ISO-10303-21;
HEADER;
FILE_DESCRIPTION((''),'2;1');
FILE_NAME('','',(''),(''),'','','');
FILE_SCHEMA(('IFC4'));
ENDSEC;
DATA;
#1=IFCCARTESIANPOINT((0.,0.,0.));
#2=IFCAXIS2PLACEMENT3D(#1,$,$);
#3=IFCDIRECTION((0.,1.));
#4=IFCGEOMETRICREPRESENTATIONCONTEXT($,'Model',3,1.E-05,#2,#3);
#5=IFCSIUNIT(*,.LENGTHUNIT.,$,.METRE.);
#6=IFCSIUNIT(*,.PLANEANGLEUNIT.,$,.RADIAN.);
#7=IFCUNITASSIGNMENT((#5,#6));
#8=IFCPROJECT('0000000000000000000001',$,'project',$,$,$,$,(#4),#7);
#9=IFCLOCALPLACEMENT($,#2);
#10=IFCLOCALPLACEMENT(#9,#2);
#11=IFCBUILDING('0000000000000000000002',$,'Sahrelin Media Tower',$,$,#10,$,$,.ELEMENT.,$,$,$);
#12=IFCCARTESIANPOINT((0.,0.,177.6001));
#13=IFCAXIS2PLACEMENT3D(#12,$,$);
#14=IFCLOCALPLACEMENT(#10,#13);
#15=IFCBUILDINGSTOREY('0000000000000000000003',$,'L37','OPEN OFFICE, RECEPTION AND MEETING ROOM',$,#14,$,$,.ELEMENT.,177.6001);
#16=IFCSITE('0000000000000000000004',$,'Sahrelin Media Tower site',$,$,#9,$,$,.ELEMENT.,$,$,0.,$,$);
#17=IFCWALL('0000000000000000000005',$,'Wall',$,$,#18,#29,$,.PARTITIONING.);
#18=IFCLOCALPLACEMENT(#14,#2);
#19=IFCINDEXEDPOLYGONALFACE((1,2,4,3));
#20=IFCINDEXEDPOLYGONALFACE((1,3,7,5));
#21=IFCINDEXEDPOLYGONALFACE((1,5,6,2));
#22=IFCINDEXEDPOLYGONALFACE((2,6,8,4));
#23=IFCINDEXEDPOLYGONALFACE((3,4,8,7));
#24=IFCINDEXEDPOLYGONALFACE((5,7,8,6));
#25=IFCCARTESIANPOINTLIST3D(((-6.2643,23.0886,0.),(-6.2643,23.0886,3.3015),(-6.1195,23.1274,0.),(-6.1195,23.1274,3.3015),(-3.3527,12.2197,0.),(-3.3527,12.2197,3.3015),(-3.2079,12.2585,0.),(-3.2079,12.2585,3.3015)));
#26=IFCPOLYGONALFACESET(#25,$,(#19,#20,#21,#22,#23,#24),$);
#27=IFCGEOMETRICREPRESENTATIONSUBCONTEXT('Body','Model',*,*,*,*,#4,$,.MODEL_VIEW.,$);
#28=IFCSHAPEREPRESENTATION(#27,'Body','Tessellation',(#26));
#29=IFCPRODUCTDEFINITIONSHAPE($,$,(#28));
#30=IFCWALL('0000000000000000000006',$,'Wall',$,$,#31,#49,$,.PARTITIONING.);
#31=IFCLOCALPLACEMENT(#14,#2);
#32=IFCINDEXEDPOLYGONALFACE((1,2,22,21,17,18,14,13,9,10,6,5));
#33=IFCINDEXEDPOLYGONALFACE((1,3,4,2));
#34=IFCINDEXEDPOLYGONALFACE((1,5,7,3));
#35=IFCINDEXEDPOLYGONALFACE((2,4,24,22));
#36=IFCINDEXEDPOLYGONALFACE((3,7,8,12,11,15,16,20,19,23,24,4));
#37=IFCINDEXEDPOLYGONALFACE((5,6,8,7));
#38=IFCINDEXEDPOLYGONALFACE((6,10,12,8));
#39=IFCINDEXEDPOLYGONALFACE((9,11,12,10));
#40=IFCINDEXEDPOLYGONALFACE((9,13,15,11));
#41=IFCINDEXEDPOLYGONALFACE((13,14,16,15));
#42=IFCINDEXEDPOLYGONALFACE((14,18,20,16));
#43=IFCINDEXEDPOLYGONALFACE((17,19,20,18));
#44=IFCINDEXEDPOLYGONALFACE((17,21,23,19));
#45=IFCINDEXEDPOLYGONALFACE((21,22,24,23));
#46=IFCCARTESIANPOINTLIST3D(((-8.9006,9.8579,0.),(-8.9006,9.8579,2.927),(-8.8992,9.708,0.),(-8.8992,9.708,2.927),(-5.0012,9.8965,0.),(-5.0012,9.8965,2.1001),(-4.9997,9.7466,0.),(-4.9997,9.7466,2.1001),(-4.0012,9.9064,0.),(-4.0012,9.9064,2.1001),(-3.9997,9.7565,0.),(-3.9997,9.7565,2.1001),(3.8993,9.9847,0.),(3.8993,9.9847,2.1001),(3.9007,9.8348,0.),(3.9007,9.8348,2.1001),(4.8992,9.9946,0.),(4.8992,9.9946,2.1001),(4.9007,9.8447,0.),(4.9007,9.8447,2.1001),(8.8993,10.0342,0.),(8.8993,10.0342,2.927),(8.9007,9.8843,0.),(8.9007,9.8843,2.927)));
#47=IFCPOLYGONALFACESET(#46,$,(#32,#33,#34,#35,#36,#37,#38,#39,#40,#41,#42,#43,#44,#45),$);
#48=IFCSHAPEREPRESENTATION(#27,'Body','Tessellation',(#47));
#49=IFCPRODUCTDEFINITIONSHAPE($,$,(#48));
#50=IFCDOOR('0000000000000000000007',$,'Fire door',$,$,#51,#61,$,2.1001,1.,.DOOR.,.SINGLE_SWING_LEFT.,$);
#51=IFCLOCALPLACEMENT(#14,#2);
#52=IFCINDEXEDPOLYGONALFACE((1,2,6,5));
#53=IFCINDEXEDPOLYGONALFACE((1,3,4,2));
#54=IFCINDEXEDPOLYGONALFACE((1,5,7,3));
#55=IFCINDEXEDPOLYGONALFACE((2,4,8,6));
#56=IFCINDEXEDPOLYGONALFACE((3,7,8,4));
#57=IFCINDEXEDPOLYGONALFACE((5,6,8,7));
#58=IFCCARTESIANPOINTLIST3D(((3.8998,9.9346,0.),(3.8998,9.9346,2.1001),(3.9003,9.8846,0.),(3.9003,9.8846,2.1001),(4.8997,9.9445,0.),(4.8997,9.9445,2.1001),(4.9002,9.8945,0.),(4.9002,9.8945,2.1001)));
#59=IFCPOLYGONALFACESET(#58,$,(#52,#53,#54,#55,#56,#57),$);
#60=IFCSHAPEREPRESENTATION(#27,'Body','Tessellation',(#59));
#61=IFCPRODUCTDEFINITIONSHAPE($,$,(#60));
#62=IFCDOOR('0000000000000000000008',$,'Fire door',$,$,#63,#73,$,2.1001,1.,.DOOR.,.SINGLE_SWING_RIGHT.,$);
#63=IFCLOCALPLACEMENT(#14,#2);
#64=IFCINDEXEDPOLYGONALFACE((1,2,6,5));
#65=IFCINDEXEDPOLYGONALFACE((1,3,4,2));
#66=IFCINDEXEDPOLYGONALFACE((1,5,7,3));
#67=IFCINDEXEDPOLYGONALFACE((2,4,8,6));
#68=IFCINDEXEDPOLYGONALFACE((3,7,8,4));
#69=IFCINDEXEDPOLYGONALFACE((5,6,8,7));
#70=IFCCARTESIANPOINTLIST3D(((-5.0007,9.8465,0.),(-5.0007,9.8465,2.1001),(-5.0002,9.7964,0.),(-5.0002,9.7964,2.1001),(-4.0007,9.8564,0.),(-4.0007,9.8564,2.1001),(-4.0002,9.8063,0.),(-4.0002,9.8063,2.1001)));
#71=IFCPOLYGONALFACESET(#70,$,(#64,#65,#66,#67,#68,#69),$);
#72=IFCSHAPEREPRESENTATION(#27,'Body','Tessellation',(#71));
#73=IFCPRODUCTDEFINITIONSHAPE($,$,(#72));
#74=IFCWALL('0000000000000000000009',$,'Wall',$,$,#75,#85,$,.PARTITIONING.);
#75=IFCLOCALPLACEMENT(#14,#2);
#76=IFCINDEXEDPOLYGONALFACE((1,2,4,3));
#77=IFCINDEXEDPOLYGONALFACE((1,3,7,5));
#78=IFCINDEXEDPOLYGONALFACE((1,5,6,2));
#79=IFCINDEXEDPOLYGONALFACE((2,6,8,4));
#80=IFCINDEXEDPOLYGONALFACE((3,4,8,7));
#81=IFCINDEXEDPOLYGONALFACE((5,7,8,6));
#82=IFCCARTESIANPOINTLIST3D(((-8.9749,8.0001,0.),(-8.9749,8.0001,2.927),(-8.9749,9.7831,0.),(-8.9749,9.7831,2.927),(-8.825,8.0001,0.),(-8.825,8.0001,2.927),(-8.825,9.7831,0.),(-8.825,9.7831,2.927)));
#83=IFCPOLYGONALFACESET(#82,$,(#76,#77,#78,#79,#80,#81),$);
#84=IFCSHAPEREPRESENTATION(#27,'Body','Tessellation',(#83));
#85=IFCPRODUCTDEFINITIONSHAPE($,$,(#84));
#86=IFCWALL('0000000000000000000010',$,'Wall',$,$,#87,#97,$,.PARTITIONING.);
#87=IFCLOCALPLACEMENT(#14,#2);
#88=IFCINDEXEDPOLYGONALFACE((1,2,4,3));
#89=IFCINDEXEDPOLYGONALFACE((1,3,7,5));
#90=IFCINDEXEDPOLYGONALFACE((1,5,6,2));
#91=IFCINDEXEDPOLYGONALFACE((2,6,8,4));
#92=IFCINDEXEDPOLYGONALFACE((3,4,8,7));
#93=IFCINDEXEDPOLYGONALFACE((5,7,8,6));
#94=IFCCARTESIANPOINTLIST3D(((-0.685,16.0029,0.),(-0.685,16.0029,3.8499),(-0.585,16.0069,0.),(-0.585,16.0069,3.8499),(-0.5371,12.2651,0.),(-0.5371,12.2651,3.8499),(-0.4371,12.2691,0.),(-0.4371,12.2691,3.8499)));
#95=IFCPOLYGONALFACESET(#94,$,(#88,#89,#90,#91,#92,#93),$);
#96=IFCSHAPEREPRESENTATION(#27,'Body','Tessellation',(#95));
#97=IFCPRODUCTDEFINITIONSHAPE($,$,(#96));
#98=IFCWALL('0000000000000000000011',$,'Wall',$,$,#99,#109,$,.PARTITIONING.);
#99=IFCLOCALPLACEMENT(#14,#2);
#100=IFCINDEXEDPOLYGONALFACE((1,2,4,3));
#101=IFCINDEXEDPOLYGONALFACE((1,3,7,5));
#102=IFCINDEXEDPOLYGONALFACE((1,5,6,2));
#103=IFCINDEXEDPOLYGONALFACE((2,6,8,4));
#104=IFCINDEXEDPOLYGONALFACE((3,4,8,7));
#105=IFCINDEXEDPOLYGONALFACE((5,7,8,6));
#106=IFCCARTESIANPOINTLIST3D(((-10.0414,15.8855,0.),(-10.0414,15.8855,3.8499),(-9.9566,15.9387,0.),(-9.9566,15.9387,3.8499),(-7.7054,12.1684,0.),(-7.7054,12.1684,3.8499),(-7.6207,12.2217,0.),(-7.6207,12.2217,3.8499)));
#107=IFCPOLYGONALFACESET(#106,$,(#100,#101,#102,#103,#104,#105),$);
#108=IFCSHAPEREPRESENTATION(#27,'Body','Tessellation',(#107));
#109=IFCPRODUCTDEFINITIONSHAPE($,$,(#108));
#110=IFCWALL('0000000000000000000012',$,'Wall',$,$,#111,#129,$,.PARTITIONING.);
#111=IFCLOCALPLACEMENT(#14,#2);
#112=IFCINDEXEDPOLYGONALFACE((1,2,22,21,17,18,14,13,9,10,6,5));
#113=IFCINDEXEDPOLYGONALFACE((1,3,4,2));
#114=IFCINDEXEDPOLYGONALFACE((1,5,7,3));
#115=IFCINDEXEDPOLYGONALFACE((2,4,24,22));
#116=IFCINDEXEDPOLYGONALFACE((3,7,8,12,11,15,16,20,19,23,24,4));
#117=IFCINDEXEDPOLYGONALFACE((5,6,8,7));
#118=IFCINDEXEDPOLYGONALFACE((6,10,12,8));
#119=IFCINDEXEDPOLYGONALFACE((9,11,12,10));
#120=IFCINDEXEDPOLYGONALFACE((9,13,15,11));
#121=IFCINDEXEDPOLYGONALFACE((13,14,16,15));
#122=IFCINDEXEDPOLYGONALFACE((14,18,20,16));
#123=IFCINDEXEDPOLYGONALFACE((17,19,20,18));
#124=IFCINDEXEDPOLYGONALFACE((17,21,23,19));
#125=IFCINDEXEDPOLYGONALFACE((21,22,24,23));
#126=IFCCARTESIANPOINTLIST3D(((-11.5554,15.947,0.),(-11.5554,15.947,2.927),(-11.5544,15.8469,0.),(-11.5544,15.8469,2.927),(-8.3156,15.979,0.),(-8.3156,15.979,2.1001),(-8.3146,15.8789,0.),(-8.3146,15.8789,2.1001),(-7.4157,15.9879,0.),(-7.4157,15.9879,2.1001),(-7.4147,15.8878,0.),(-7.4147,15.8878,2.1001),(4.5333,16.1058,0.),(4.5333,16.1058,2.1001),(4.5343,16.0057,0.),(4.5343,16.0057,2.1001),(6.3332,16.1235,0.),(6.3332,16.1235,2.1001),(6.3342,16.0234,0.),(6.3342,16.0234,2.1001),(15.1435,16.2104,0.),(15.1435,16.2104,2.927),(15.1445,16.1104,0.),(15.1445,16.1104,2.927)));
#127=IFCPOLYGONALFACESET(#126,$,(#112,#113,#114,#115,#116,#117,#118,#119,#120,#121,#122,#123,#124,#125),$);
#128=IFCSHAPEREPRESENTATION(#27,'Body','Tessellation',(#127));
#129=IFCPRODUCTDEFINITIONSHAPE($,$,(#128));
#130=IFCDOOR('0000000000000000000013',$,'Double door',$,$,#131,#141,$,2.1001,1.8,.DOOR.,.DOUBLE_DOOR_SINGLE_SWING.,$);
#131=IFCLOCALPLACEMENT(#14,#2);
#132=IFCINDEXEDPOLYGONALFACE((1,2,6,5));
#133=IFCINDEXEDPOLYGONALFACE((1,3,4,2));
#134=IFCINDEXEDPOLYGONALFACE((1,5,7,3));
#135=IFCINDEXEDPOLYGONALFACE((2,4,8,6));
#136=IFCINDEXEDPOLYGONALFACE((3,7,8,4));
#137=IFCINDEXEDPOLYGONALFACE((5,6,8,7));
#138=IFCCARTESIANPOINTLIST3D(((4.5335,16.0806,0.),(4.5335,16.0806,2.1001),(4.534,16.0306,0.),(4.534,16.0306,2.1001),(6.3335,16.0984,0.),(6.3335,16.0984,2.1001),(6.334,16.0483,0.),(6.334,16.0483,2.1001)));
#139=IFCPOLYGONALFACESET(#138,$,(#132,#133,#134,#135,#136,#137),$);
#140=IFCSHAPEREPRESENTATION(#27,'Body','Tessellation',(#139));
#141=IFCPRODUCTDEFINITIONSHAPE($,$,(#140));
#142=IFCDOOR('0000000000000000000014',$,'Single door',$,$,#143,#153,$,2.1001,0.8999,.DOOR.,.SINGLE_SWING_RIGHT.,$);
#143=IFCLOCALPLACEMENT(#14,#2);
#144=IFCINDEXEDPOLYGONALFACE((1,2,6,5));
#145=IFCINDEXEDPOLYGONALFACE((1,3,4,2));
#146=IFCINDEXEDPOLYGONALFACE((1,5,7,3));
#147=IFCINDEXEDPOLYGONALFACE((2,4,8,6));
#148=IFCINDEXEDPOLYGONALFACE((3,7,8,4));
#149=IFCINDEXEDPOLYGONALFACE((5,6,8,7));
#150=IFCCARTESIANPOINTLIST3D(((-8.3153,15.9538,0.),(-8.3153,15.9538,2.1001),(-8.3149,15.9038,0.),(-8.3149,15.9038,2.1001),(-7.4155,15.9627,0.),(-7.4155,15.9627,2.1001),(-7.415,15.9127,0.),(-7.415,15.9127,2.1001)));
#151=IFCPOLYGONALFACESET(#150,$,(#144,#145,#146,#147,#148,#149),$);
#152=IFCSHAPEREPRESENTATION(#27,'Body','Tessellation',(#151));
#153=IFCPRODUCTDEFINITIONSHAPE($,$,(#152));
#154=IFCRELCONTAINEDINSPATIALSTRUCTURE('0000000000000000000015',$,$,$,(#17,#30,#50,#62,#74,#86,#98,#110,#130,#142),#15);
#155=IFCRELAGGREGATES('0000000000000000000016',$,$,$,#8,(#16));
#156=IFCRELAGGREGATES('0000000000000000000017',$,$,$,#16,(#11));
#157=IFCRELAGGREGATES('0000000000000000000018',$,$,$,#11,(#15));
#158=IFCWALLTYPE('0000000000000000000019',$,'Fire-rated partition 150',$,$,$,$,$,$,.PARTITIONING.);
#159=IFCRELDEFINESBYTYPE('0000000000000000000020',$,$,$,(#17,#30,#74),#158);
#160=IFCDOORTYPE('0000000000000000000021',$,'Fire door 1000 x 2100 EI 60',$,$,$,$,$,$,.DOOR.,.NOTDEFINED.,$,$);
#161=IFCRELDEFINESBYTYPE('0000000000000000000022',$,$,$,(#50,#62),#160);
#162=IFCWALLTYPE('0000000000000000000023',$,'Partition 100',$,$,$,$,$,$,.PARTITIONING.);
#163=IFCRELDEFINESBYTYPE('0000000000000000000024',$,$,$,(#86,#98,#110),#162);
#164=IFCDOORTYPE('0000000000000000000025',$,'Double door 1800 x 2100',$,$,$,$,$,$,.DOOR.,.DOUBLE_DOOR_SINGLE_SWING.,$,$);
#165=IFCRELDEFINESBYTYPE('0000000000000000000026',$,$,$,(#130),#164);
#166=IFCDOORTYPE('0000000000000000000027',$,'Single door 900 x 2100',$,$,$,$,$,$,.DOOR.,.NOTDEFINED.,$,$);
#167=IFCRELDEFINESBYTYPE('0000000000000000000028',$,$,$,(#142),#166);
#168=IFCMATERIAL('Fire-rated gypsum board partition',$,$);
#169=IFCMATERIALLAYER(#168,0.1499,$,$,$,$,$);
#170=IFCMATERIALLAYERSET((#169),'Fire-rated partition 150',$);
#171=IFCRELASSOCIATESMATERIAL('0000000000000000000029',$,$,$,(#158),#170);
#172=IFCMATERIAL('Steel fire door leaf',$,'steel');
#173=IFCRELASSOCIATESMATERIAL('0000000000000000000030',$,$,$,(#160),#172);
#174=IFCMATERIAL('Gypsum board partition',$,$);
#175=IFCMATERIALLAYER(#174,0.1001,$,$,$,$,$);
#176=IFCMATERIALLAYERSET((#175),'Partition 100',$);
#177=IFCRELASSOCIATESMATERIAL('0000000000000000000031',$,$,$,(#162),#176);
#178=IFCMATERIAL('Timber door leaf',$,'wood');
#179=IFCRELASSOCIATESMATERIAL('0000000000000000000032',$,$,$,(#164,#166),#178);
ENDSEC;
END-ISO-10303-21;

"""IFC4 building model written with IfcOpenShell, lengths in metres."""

from ifc_helpers import new_model, si_unit, direction, frame, frame_2d, origin, place, context, subcontext, project, spatial, rectangle, extrude, material, layer, layer_set, type_object, element, fill, save


model = new_model("IFC4")

# Units and contexts
model_context = context("Model", 3, precision=1e-05, world=origin(), true_north=direction((0.0, 1.0)))
body_context = subcontext(model_context, "Body", "Model", "MODEL_VIEW")
ifc_project = project(units=[si_unit("LENGTHUNIT", "METRE"), si_unit("PLANEANGLEUNIT", "RADIAN")], contexts=[model_context])

# Site, building, storey
site_placement = place(None, origin())
site = spatial("IfcSite", under=ifc_project, at=site_placement, Name="Sahrelin Media Tower site", CompositionType="ELEMENT", RefElevation=0.0)
building_placement = place(site_placement, origin())
building = spatial("IfcBuilding", under=site, at=building_placement, Name="Sahrelin Media Tower", CompositionType="ELEMENT")
storey_placement = place(building_placement, frame((0.0, 0.0, 177.6001)))
storey = spatial("IfcBuildingStorey", under=building, at=storey_placement, Name="L37", Description="OPEN OFFICE, RECEPTION AND MEETING ROOM", CompositionType="ELEMENT", Elevation=177.6001)

# Wall
ifc_material_1 = material(Name="Fire-rated gypsum board partition")
ifc_layer_1 = layer(ifc_material_1, 0.1499)
ifc_layer_set_1 = layer_set([ifc_layer_1], Name="Fire-rated partition 150")
wall_type_1 = type_object("IfcWallType", Name="Fire-rated partition 150", PredefinedType="PARTITIONING", material=ifc_layer_set_1)
wall_1_placement = place(storey_placement, frame((-6.1919, 23.1079, 0.0), z_axis=(0.0, 0.0, 1.0), x_axis=(0.258762, -0.965941, 0.0)))
element("IfcWall", 1, at=wall_1_placement, inside=storey, type_object=wall_type_1, Name="Wall", PredefinedType="PARTITIONING", context=body_context, shape_type="SweptSolid", body=[
    extrude(rectangle(XDim=11.2522, YDim=0.1499, at=frame_2d((5.626, 0.0))), origin(), (0.0, 0.0, 1.0), 3.3015),
])

# Wall, openings, doors
wall_2_placement = place(storey_placement, frame((-8.8999, 9.783, 0.0), z_axis=(0.0, 0.0, 1.0), x_axis=(0.999951, 0.009902, 0.0)))
wall_2 = element("IfcWall", 2, at=wall_2_placement, inside=storey, type_object=wall_type_1, Name="Wall", PredefinedType="PARTITIONING", context=body_context, shape_type="SweptSolid", body=[
    extrude(rectangle(XDim=17.8008, YDim=0.1499, at=frame_2d((8.9004, 0.0))), origin(), (0.0, 0.0, 1.0), 2.927),
])
opening_1_placement = place(wall_2_placement, frame((12.8005, 0.0, 0.0)))
opening_1 = element("IfcOpeningElement", 3, at=opening_1_placement, cuts=wall_2, PredefinedType="OPENING", context=body_context, shape_type="SweptSolid", body=[
    extrude(rectangle(XDim=1.0, YDim=2.1001, at=frame_2d((0.5, 1.05))), frame((0.0, 0.075, 0.0), z_axis=(0.0, -1.0, 0.0), x_axis=(1.0, 0.0, 0.0)), (0.0, 0.0, 1.0), 0.1499),
])
opening_2_placement = place(wall_2_placement, frame((3.8997, 0.0, 0.0)))
opening_2 = element("IfcOpeningElement", 4, at=opening_2_placement, cuts=wall_2, PredefinedType="OPENING", context=body_context, shape_type="SweptSolid", body=[
    extrude(rectangle(XDim=1.0, YDim=2.1001, at=frame_2d((0.5, 1.05))), frame((0.0, 0.075, 0.0), z_axis=(0.0, -1.0, 0.0), x_axis=(1.0, 0.0, 0.0)), (0.0, 0.0, 1.0), 0.1499),
])
ifc_material_2 = material(Name="Steel fire door leaf", Category="steel")
door_type_1 = type_object("IfcDoorType", Name="Fire door 1000 x 2100 EI 60", OperationType="NOTDEFINED", PredefinedType="DOOR", material=ifc_material_2)
door_1_placement = place(opening_1_placement, origin())
door_1 = element("IfcDoor", 5, at=door_1_placement, inside=storey, type_object=door_type_1, Name="Fire door", OperationType="SINGLE_SWING_LEFT", OverallHeight=2.1001, OverallWidth=1.0, PredefinedType="DOOR", context=body_context, shape_type="SweptSolid", body=[
    extrude(rectangle(XDim=1.0, YDim=2.1001, at=frame_2d((0.5, 1.05))), frame((0.0, 0.0249, 0.0), z_axis=(0.0, -1.0, 0.0), x_axis=(1.0, 0.0, 0.0)), (0.0, 0.0, 1.0), 0.05),
])
fill(opening_1, door_1)
door_2_placement = place(opening_2_placement, origin())
door_2 = element("IfcDoor", 6, at=door_2_placement, inside=storey, type_object=door_type_1, Name="Fire door", OperationType="SINGLE_SWING_RIGHT", OverallHeight=2.1001, OverallWidth=1.0, PredefinedType="DOOR", context=body_context, shape_type="SweptSolid", body=[
    extrude(rectangle(XDim=1.0, YDim=2.1001, at=frame_2d((0.5, 1.05))), frame((0.0, 0.0249, 0.0), z_axis=(0.0, -1.0, 0.0), x_axis=(1.0, 0.0, 0.0)), (0.0, 0.0, 1.0), 0.05),
])
fill(opening_2, door_2)

# Walls
wall_3_placement = place(storey_placement, frame((-8.8999, 8.0, 0.0), z_axis=(0.0, 0.0, 1.0), x_axis=(0.0, 1.0, 0.0)))
element("IfcWall", 7, at=wall_3_placement, inside=storey, type_object=wall_type_1, Name="Wall", PredefinedType="PARTITIONING", context=body_context, shape_type="SweptSolid", body=[
    extrude(rectangle(XDim=1.783, YDim=0.1499, at=frame_2d((0.8916, 0.0))), origin(), (0.0, 0.0, 1.0), 2.927),
])
ifc_material_3 = material(Name="Gypsum board partition")
ifc_layer_2 = layer(ifc_material_3, 0.1001)
ifc_layer_set_2 = layer_set([ifc_layer_2], Name="Partition 100")
wall_type_2 = type_object("IfcWallType", Name="Partition 100", PredefinedType="PARTITIONING", material=ifc_layer_set_2)
wall_4_placement = place(storey_placement, frame((-0.635, 16.0049, 0.0), z_axis=(0.0, 0.0, 1.0), x_axis=(0.039551, -0.999218, 0.0)))
element("IfcWall", 8, at=wall_4_placement, inside=storey, type_object=wall_type_2, Name="Wall", PredefinedType="PARTITIONING", context=body_context, shape_type="SweptSolid", body=[
    extrude(rectangle(XDim=3.7407, YDim=0.1001, at=frame_2d((1.8704, 0.0))), origin(), (0.0, 0.0, 1.0), 3.8499),
])
wall_5_placement = place(storey_placement, frame((-9.999, 15.9121, 0.0), z_axis=(0.0, 0.0, 1.0), x_axis=(0.532092, -0.846687, 0.0)))
element("IfcWall", 9, at=wall_5_placement, inside=storey, type_object=wall_type_2, Name="Wall", PredefinedType="PARTITIONING", context=body_context, shape_type="SweptSolid", body=[
    extrude(rectangle(XDim=4.3901, YDim=0.1001, at=frame_2d((2.1951, 0.0))), origin(), (0.0, 0.0, 1.0), 3.8499),
])

# Wall, openings, doors
wall_6_placement = place(storey_placement, frame((-11.5549, 15.897, 0.0), z_axis=(0.0, 0.0, 1.0), x_axis=(0.999951, 0.009866, 0.0)))
wall_6 = element("IfcWall", 10, at=wall_6_placement, inside=storey, type_object=wall_type_2, Name="Wall", PredefinedType="PARTITIONING", context=body_context, shape_type="SweptSolid", body=[
    extrude(rectangle(XDim=26.7002, YDim=0.1001, at=frame_2d((13.3501, 0.0))), origin(), (0.0, 0.0, 1.0), 2.927),
])
opening_3_placement = place(wall_6_placement, frame((16.0896, 0.0, 0.0)))
opening_3 = element("IfcOpeningElement", 11, at=opening_3_placement, cuts=wall_6, PredefinedType="OPENING", context=body_context, shape_type="SweptSolid", body=[
    extrude(rectangle(XDim=1.8, YDim=2.1001, at=frame_2d((0.8999, 1.05))), frame((0.0, 0.05, 0.0), z_axis=(0.0, -1.0, 0.0), x_axis=(1.0, 0.0, 0.0)), (0.0, 0.0, 1.0), 0.1001),
])
opening_4_placement = place(wall_6_placement, frame((3.24, 0.0, 0.0)))
opening_4 = element("IfcOpeningElement", 12, at=opening_4_placement, cuts=wall_6, PredefinedType="OPENING", context=body_context, shape_type="SweptSolid", body=[
    extrude(rectangle(XDim=0.8999, YDim=2.1001, at=frame_2d((0.45, 1.05))), frame((0.0, 0.05, 0.0), z_axis=(0.0, -1.0, 0.0), x_axis=(1.0, 0.0, 0.0)), (0.0, 0.0, 1.0), 0.1001),
])
ifc_material_4 = material(Name="Timber door leaf", Category="wood")
door_type_2 = type_object("IfcDoorType", Name="Double door 1800 x 2100", OperationType="DOUBLE_DOOR_SINGLE_SWING", PredefinedType="DOOR", material=ifc_material_4)
door_3_placement = place(opening_3_placement, origin())
door_3 = element("IfcDoor", 13, at=door_3_placement, inside=storey, type_object=door_type_2, Name="Double door", OperationType="DOUBLE_DOOR_SINGLE_SWING", OverallHeight=2.1001, OverallWidth=1.8, PredefinedType="DOOR", context=body_context, shape_type="SweptSolid", body=[
    extrude(rectangle(XDim=1.8, YDim=2.1001, at=frame_2d((0.8999, 1.05))), frame((0.0, 0.0249, 0.0), z_axis=(0.0, -1.0, 0.0), x_axis=(1.0, 0.0, 0.0)), (0.0, 0.0, 1.0), 0.05),
])
fill(opening_3, door_3)
door_type_3 = type_object("IfcDoorType", Name="Single door 900 x 2100", OperationType="NOTDEFINED", PredefinedType="DOOR", material=ifc_material_4)
door_4_placement = place(opening_4_placement, origin())
door_4 = element("IfcDoor", 14, at=door_4_placement, inside=storey, type_object=door_type_3, Name="Single door", OperationType="SINGLE_SWING_RIGHT", OverallHeight=2.1001, OverallWidth=0.8999, PredefinedType="DOOR", context=body_context, shape_type="SweptSolid", body=[
    extrude(rectangle(XDim=0.8999, YDim=2.1001, at=frame_2d((0.45, 1.05))), frame((0.0, 0.0249, 0.0), z_axis=(0.0, -1.0, 0.0), x_axis=(1.0, 0.0, 0.0)), (0.0, 0.0, 1.0), 0.05),
])
fill(opening_4, door_4)

save(model, "model.ifc")
